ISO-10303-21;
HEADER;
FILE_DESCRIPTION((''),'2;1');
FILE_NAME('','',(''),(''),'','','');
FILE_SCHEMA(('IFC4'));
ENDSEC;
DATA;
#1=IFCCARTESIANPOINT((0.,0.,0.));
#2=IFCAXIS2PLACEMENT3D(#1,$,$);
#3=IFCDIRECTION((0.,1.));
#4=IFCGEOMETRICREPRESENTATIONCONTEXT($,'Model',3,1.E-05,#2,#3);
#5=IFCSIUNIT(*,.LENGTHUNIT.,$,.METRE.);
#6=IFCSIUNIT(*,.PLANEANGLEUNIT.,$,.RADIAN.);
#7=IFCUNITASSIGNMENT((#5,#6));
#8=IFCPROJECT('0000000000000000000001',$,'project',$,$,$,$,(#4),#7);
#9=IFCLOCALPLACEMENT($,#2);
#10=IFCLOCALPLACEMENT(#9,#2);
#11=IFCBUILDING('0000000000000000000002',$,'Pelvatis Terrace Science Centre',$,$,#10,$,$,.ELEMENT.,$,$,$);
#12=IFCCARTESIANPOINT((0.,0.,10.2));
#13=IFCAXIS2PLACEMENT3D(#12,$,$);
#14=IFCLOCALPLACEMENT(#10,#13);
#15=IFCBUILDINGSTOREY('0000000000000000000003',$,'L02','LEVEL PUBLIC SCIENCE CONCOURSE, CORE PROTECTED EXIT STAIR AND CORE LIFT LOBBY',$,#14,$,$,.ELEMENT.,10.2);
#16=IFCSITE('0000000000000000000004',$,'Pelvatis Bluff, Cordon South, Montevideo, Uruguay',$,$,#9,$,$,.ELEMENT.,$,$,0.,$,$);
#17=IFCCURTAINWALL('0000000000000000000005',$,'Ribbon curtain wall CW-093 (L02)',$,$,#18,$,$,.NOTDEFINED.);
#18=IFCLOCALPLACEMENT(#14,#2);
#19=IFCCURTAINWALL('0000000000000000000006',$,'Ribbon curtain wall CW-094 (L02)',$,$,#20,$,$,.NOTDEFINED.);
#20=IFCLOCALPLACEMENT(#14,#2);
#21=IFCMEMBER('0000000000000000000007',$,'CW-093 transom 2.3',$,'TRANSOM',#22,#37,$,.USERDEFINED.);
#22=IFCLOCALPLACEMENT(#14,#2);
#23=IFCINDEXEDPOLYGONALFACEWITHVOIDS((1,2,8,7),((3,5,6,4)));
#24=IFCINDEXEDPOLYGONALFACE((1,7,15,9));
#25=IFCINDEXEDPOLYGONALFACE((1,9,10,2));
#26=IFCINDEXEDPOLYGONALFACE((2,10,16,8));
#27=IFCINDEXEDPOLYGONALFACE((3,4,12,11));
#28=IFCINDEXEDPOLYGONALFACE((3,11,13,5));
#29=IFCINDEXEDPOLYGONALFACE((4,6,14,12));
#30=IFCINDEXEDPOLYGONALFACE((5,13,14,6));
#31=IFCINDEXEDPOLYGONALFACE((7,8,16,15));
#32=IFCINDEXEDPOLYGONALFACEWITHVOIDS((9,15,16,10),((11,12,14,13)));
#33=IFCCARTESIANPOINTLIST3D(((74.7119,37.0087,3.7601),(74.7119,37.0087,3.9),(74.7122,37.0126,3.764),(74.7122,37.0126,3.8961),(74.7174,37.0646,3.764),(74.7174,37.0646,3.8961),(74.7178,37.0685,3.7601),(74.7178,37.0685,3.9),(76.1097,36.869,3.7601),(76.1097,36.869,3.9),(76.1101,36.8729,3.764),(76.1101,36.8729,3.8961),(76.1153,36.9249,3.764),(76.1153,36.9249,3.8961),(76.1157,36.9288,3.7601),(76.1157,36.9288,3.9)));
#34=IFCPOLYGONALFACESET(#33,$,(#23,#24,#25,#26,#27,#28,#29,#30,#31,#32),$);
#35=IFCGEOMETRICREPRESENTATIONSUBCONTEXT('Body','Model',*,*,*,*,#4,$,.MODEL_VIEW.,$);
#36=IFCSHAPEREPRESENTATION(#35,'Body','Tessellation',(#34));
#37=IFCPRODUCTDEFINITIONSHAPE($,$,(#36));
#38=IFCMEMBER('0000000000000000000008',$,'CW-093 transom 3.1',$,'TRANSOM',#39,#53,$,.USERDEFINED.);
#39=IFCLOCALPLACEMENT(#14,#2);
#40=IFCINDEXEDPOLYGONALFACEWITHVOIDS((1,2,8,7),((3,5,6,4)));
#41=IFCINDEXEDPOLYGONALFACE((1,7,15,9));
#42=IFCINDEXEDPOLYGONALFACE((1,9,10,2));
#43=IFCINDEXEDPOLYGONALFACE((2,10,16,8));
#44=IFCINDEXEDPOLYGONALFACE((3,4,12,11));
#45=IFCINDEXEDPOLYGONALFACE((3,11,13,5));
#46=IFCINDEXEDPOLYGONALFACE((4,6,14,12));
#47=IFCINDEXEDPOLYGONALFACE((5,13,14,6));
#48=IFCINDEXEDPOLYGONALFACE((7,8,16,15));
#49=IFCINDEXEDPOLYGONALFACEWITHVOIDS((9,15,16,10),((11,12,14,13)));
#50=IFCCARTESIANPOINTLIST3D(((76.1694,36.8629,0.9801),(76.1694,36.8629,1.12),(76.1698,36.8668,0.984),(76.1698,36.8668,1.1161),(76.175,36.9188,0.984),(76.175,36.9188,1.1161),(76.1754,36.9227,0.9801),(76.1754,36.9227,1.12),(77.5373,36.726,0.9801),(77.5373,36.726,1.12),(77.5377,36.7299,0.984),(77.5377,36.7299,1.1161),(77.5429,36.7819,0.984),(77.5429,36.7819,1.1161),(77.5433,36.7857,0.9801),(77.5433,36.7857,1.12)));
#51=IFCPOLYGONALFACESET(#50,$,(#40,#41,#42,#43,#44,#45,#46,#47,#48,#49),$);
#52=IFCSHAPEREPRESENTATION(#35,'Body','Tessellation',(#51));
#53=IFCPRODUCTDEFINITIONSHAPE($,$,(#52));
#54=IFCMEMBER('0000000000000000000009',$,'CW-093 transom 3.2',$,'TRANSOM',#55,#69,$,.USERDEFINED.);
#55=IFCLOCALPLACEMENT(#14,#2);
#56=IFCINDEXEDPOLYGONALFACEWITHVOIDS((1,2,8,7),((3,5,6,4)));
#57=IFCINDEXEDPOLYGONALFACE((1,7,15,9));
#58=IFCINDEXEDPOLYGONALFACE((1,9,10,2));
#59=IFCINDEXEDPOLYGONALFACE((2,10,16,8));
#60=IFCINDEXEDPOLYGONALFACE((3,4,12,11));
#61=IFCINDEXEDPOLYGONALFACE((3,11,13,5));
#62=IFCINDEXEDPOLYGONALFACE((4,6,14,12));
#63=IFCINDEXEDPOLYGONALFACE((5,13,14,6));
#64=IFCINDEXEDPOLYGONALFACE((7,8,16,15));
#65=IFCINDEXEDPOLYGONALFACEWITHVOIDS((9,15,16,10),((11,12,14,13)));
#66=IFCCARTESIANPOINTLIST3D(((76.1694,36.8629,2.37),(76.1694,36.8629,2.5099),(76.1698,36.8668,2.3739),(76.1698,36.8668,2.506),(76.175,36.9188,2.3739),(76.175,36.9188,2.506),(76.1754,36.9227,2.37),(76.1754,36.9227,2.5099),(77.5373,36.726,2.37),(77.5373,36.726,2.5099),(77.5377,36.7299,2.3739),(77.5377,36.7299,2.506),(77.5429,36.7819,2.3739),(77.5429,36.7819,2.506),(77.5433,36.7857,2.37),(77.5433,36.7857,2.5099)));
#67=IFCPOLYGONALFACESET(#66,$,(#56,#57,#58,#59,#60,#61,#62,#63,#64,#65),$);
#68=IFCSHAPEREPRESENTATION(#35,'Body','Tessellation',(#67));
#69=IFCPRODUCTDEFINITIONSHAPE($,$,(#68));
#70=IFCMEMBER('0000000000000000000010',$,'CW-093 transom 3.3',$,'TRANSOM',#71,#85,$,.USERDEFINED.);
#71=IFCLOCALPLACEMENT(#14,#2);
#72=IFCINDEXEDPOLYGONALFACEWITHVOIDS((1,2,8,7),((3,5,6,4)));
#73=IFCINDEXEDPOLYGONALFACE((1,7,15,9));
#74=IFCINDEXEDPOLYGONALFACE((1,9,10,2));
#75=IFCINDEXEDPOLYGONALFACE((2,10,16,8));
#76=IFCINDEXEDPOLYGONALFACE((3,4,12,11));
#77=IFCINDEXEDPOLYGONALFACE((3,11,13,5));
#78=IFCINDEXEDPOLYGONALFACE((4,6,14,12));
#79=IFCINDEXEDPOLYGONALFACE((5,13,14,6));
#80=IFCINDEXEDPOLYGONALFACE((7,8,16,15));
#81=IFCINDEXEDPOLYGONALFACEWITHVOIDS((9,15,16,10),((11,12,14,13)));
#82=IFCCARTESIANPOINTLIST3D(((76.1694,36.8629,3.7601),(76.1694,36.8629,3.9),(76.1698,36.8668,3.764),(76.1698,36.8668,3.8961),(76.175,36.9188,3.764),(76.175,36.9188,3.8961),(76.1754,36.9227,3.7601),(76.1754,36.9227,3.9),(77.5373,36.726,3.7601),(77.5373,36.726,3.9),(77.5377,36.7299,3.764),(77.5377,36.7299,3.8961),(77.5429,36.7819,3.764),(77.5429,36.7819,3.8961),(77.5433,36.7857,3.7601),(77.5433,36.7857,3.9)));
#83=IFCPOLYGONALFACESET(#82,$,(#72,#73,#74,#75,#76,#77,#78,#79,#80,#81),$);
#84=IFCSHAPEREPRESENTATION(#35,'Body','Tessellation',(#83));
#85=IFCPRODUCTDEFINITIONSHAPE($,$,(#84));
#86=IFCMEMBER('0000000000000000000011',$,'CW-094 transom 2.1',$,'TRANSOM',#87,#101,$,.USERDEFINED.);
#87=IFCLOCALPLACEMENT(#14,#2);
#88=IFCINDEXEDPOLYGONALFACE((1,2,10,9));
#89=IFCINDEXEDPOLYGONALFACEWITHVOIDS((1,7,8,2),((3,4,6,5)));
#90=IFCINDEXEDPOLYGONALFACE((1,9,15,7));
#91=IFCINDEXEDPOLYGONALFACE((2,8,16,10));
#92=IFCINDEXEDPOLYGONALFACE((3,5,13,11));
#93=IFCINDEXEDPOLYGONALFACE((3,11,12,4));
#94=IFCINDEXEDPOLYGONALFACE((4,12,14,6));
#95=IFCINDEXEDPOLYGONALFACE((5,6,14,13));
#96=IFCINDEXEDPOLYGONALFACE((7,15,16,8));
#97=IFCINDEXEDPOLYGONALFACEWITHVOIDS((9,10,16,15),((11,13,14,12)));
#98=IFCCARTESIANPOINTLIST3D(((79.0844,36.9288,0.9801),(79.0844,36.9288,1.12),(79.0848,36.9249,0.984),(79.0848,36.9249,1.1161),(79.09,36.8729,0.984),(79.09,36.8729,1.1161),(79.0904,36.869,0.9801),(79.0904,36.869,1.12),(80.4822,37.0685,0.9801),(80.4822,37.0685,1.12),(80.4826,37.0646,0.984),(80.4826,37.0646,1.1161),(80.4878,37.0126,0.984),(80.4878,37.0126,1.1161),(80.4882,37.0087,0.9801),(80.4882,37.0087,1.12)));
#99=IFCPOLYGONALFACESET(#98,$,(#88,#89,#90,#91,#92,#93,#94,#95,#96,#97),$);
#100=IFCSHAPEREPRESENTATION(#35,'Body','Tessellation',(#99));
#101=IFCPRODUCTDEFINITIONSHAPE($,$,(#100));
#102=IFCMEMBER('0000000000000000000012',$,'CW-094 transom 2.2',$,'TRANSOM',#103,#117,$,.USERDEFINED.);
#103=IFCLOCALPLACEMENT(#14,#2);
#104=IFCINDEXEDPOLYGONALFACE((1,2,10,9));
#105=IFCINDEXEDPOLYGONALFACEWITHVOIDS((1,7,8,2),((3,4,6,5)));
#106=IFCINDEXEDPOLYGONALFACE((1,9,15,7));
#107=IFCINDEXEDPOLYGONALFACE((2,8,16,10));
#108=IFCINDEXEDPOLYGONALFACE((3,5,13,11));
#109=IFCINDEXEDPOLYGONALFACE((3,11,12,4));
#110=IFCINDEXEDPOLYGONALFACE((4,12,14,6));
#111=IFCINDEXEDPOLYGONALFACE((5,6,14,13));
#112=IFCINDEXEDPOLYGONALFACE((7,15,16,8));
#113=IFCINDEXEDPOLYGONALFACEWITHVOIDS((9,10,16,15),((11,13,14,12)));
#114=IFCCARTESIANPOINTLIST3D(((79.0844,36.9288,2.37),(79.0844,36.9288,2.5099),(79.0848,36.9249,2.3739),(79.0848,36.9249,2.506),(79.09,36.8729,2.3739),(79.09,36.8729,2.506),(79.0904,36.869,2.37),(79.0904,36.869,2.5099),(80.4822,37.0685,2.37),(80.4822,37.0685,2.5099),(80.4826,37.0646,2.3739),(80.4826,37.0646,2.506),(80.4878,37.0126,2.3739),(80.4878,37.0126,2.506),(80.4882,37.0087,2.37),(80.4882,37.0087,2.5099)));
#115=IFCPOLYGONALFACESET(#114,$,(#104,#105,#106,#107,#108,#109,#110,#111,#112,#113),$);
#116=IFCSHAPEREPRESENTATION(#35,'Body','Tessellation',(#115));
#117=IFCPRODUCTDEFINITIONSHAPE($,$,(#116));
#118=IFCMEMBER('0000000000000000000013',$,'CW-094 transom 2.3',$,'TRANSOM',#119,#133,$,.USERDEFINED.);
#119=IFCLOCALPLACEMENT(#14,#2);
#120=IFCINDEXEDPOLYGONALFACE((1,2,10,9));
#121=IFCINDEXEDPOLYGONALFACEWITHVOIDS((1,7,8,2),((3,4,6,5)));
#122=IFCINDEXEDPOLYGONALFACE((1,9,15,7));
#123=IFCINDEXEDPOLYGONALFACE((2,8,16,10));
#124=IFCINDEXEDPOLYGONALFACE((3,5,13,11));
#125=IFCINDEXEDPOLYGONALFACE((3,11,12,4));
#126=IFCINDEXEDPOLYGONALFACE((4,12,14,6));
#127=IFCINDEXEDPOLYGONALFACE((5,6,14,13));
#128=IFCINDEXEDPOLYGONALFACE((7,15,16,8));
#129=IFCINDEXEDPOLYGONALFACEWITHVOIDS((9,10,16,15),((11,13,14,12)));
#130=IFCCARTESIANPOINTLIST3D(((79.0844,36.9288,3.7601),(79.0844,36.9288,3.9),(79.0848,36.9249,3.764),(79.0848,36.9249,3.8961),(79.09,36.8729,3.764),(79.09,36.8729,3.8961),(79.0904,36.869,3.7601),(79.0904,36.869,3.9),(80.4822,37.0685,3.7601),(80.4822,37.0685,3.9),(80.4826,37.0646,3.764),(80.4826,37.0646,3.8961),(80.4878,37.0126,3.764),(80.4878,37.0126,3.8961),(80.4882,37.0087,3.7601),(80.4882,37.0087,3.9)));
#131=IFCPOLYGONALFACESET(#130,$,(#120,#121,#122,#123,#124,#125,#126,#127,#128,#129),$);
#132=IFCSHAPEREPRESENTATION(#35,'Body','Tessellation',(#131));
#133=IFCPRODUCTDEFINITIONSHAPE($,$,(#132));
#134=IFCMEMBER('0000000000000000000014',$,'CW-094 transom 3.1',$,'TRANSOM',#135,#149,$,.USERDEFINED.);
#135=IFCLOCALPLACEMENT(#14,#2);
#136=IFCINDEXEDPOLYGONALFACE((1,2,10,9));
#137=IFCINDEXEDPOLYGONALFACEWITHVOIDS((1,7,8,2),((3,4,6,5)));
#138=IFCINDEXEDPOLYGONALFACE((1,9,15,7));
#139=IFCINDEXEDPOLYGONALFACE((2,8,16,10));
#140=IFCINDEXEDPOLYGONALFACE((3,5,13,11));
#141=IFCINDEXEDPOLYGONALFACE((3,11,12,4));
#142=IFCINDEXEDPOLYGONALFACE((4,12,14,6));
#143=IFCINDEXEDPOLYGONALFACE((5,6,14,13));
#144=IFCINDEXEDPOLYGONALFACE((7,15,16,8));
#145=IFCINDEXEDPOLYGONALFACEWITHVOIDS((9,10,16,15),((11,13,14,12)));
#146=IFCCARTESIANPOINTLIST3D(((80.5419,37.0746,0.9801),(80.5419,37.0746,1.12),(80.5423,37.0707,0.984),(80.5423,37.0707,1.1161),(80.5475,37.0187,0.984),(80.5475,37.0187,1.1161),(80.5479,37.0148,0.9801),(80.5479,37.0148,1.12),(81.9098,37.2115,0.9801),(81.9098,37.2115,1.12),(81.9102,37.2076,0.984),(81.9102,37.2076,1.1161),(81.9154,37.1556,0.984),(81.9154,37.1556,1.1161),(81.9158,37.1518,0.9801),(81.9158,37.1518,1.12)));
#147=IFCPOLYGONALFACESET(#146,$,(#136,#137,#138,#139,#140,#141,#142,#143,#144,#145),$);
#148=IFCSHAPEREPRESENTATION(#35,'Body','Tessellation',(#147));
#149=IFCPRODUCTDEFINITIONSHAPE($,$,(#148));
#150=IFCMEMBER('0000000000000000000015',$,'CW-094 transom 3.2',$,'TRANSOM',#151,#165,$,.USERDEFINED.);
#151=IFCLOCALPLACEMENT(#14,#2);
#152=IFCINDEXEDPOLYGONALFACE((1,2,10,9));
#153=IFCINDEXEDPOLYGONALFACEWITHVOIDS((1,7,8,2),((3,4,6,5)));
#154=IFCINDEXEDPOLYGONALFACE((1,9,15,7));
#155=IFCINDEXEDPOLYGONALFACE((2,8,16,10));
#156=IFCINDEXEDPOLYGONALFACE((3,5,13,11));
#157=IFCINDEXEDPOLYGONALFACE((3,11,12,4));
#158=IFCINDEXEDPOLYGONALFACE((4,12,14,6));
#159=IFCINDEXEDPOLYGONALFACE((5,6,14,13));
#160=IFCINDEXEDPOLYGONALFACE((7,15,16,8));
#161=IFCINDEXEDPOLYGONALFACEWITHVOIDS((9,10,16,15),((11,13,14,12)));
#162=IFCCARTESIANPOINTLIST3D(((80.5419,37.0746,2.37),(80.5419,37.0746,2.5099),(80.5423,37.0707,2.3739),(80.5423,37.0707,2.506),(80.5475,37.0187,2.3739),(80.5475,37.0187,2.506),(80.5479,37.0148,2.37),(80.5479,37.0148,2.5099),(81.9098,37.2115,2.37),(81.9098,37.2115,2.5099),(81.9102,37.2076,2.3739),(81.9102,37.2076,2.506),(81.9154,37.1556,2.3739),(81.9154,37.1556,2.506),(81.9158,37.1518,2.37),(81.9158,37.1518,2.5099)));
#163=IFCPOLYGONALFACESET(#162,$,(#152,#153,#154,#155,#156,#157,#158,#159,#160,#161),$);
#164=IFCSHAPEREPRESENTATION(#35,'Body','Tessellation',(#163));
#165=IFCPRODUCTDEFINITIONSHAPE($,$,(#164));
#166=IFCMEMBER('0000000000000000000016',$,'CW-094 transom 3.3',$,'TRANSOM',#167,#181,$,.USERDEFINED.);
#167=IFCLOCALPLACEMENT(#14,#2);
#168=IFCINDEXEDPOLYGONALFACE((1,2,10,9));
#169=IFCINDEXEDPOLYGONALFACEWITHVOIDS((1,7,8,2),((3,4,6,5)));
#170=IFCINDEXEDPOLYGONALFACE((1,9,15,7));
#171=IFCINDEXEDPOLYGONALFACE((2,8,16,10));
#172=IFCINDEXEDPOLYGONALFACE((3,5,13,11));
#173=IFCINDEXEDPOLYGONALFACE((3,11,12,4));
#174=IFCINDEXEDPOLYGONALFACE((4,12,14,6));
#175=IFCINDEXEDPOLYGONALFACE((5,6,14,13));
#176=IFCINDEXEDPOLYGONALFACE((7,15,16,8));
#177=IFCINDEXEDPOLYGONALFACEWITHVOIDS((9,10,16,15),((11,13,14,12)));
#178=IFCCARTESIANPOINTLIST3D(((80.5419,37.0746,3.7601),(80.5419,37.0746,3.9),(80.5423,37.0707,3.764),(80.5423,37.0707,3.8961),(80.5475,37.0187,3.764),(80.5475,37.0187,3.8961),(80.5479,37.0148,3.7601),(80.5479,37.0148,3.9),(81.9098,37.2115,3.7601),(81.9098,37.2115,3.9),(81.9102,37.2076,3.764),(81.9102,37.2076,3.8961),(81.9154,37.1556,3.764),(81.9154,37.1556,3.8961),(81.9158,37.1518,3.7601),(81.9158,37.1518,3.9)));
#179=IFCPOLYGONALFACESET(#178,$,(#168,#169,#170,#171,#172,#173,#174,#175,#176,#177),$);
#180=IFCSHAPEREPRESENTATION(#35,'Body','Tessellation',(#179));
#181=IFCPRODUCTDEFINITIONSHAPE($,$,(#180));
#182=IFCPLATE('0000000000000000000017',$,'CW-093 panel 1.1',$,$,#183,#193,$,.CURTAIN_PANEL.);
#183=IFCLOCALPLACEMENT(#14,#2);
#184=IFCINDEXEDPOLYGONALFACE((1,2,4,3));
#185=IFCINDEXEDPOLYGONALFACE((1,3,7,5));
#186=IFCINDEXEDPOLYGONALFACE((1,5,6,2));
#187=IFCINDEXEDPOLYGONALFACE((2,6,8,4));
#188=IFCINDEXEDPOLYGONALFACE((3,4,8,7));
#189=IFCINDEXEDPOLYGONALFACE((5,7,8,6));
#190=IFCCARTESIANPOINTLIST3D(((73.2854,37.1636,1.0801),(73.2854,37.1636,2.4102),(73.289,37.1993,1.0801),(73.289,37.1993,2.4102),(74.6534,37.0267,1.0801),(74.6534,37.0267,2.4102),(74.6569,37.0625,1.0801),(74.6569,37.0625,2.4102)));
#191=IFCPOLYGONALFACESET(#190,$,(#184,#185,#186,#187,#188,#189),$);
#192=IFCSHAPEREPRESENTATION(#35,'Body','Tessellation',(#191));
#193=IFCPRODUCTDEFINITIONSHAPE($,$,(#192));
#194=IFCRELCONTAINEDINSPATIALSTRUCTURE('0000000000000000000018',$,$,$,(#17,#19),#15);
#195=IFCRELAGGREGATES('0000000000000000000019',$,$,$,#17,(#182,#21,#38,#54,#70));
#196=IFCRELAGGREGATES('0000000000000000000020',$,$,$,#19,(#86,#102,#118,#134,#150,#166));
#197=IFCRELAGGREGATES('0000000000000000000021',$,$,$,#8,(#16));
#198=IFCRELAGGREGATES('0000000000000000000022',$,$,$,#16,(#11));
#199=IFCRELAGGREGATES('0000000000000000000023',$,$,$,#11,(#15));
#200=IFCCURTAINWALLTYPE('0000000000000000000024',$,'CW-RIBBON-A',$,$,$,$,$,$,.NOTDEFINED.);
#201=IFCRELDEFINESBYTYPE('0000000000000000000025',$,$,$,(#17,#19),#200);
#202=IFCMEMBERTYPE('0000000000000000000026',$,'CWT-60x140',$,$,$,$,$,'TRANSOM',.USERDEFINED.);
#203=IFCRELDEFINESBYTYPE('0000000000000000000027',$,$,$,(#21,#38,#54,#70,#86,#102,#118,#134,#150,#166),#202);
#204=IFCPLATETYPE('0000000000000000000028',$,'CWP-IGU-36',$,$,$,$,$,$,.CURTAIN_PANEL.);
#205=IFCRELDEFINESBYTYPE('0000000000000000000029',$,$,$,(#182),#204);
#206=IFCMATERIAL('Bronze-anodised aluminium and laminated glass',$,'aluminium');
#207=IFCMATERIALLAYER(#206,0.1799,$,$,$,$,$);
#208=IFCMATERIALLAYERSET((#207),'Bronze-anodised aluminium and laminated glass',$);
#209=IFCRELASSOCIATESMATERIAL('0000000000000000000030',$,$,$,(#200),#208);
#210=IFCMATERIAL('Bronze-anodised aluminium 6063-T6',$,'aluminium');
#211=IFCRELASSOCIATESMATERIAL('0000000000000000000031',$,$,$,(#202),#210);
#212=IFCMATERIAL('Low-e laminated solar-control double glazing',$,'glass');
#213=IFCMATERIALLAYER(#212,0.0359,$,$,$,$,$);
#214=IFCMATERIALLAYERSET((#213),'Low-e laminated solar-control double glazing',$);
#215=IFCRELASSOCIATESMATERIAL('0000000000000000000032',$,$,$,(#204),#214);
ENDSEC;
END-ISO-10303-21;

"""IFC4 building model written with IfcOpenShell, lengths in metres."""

from ifc_helpers import new_model, si_unit, direction, frame, origin, origin_2d, place, context, subcontext, project, spatial, rectangle, hollow_rectangle, extrude, material, layer, layer_set, material_profile, profile_set, type_object, element, aggregate, save


model = new_model("IFC4")

# Units and contexts
model_context = context("Model", 3, precision=1e-05, world=origin(), true_north=direction((0.0, 1.0)))
body_context = subcontext(model_context, "Body", "Model", "MODEL_VIEW")
ifc_project = project(units=[si_unit("LENGTHUNIT", "METRE"), si_unit("PLANEANGLEUNIT", "RADIAN")], contexts=[model_context])

# Site, building, storey
site_placement = place(None, origin())
site = spatial("IfcSite", under=ifc_project, at=site_placement, Name="Pelvatis Bluff, Cordon South, Montevideo, Uruguay", CompositionType="ELEMENT", RefElevation=0.0)
building_placement = place(site_placement, origin())
building = spatial("IfcBuilding", under=site, at=building_placement, Name="Pelvatis Terrace Science Centre", CompositionType="ELEMENT")
storey_placement = place(building_placement, frame((0.0, 0.0, 10.2)))
storey = spatial("IfcBuildingStorey", under=building, at=storey_placement, Name="L02", Description="LEVEL PUBLIC SCIENCE CONCOURSE, CORE PROTECTED EXIT STAIR AND CORE LIFT LOBBY", CompositionType="ELEMENT", Elevation=10.2)

# Curtain walls
ifc_material_1 = material(Name="Bronze-anodised aluminium and laminated glass", Category="aluminium")
ifc_layer_1 = layer(ifc_material_1, 0.1799)
ifc_layer_set_1 = layer_set([ifc_layer_1], Name="Bronze-anodised aluminium and laminated glass")
curtain_wall_type = type_object("IfcCurtainWallType", Name="CW-RIBBON-A", PredefinedType="NOTDEFINED", material=ifc_layer_set_1)
curtain_wall_1_placement = place(storey_placement, origin())
curtain_wall_1 = element("IfcCurtainWall", 1, at=curtain_wall_1_placement, inside=storey, type_object=curtain_wall_type, Name="Ribbon curtain wall CW-093 (L02)", PredefinedType="NOTDEFINED")
curtain_wall_2_placement = place(storey_placement, origin())
curtain_wall_2 = element("IfcCurtainWall", 2, at=curtain_wall_2_placement, inside=storey, type_object=curtain_wall_type, Name="Ribbon curtain wall CW-094 (L02)", PredefinedType="NOTDEFINED")

# Members
ifc_material_2 = material(Name="Bronze-anodised aluminium 6063-T6", Category="aluminium")
ifc_material_profile_1 = material_profile(ifc_material_2, hollow_rectangle(XDim=0.0601, YDim=0.1399, WallThickness=0.0039, at=origin_2d()), Name="ALU-TRN 60x140")
ifc_profile_set_1 = profile_set([ifc_material_profile_1], Name="Bronze-anodised aluminium 6063-T6")
member_type_1 = type_object("IfcMemberType", Name="CWT-60x140", ElementType="TRANSOM", PredefinedType="USERDEFINED", material=ifc_profile_set_1)
member_1_placement = place(storey_placement, frame((74.7148, 37.0386, 3.8301), z_axis=(0.995046, -0.099418, 0.0), x_axis=(0.099418, 0.995046, 0.0)))
member_1 = element("IfcMember", 3, at=member_1_placement, type_object=member_type_1, Name="CW-093 transom 2.3", ObjectType="TRANSOM", PredefinedType="USERDEFINED", context=body_context, shape_type="SweptSolid", body=[
    extrude(hollow_rectangle(XDim=0.0601, YDim=0.1399, WallThickness=0.0039, at=origin_2d()), origin(), (0.0, 0.0, 1.0), 1.4048),
])
member_2_placement = place(storey_placement, frame((76.1724, 36.8928, 1.05), z_axis=(0.995025, -0.099627, 0.0), x_axis=(0.099627, 0.995025, 0.0)))
member_2 = element("IfcMember", 4, at=member_2_placement, type_object=member_type_1, Name="CW-093 transom 3.1", ObjectType="TRANSOM", PredefinedType="USERDEFINED", context=body_context, shape_type="SweptSolid", body=[
    extrude(hollow_rectangle(XDim=0.0601, YDim=0.1399, WallThickness=0.0039, at=origin_2d()), origin(), (0.0, 0.0, 1.0), 1.3748),
])
member_3_placement = place(storey_placement, frame((76.1724, 36.8928, 2.4399), z_axis=(0.995025, -0.099627, 0.0), x_axis=(0.099627, 0.995025, 0.0)))
member_3 = element("IfcMember", 5, at=member_3_placement, type_object=member_type_1, Name="CW-093 transom 3.2", ObjectType="TRANSOM", PredefinedType="USERDEFINED", context=body_context, shape_type="SweptSolid", body=[
    extrude(hollow_rectangle(XDim=0.0601, YDim=0.1399, WallThickness=0.0039, at=origin_2d()), origin(), (0.0, 0.0, 1.0), 1.3748),
])
member_4_placement = place(storey_placement, frame((76.1724, 36.8928, 3.8301), z_axis=(0.995025, -0.099627, 0.0), x_axis=(0.099627, 0.995025, 0.0)))
member_4 = element("IfcMember", 6, at=member_4_placement, type_object=member_type_1, Name="CW-093 transom 3.3", ObjectType="TRANSOM", PredefinedType="USERDEFINED", context=body_context, shape_type="SweptSolid", body=[
    extrude(hollow_rectangle(XDim=0.0601, YDim=0.1399, WallThickness=0.0039, at=origin_2d()), origin(), (0.0, 0.0, 1.0), 1.3748),
])
member_5_placement = place(storey_placement, frame((79.0874, 36.8989, 1.05), z_axis=(0.995046, 0.099418, 0.0), x_axis=(-0.099418, 0.995046, 0.0)))
member_5 = element("IfcMember", 7, at=member_5_placement, type_object=member_type_1, Name="CW-094 transom 2.1", ObjectType="TRANSOM", PredefinedType="USERDEFINED", context=body_context, shape_type="SweptSolid", body=[
    extrude(hollow_rectangle(XDim=0.0601, YDim=0.1399, WallThickness=0.0039, at=origin_2d()), origin(), (0.0, 0.0, 1.0), 1.4048),
])
member_6_placement = place(storey_placement, frame((79.0874, 36.8989, 2.4399), z_axis=(0.995046, 0.099418, 0.0), x_axis=(-0.099418, 0.995046, 0.0)))
member_6 = element("IfcMember", 8, at=member_6_placement, type_object=member_type_1, Name="CW-094 transom 2.2", ObjectType="TRANSOM", PredefinedType="USERDEFINED", context=body_context, shape_type="SweptSolid", body=[
    extrude(hollow_rectangle(XDim=0.0601, YDim=0.1399, WallThickness=0.0039, at=origin_2d()), origin(), (0.0, 0.0, 1.0), 1.4048),
])
member_7_placement = place(storey_placement, frame((79.0874, 36.8989, 3.8301), z_axis=(0.995046, 0.099418, 0.0), x_axis=(-0.099418, 0.995046, 0.0)))
member_7 = element("IfcMember", 9, at=member_7_placement, type_object=member_type_1, Name="CW-094 transom 2.3", ObjectType="TRANSOM", PredefinedType="USERDEFINED", context=body_context, shape_type="SweptSolid", body=[
    extrude(hollow_rectangle(XDim=0.0601, YDim=0.1399, WallThickness=0.0039, at=origin_2d()), origin(), (0.0, 0.0, 1.0), 1.4048),
])
member_8_placement = place(storey_placement, frame((80.5449, 37.0447, 1.05), z_axis=(0.995025, 0.099627, 0.0), x_axis=(-0.099627, 0.995025, 0.0)))
member_8 = element("IfcMember", 10, at=member_8_placement, type_object=member_type_1, Name="CW-094 transom 3.1", ObjectType="TRANSOM", PredefinedType="USERDEFINED", context=body_context, shape_type="SweptSolid", body=[
    extrude(hollow_rectangle(XDim=0.0601, YDim=0.1399, WallThickness=0.0039, at=origin_2d()), origin(), (0.0, 0.0, 1.0), 1.3748),
])
member_9_placement = place(storey_placement, frame((80.5449, 37.0447, 2.4399), z_axis=(0.995025, 0.099627, 0.0), x_axis=(-0.099627, 0.995025, 0.0)))
member_9 = element("IfcMember", 11, at=member_9_placement, type_object=member_type_1, Name="CW-094 transom 3.2", ObjectType="TRANSOM", PredefinedType="USERDEFINED", context=body_context, shape_type="SweptSolid", body=[
    extrude(hollow_rectangle(XDim=0.0601, YDim=0.1399, WallThickness=0.0039, at=origin_2d()), origin(), (0.0, 0.0, 1.0), 1.3748),
])
member_10_placement = place(storey_placement, frame((80.5449, 37.0447, 3.8301), z_axis=(0.995025, 0.099627, 0.0), x_axis=(-0.099627, 0.995025, 0.0)))
member_10 = element("IfcMember", 12, at=member_10_placement, type_object=member_type_1, Name="CW-094 transom 3.3", ObjectType="TRANSOM", PredefinedType="USERDEFINED", context=body_context, shape_type="SweptSolid", body=[
    extrude(hollow_rectangle(XDim=0.0601, YDim=0.1399, WallThickness=0.0039, at=origin_2d()), origin(), (0.0, 0.0, 1.0), 1.3748),
])

# Plate
ifc_material_3 = material(Name="Low-e laminated solar-control double glazing", Category="glass")
ifc_layer_2 = layer(ifc_material_3, 0.0359)
ifc_layer_set_2 = layer_set([ifc_layer_2], Name="Low-e laminated solar-control double glazing")
plate_type = type_object("IfcPlateType", Name="CWP-IGU-36", PredefinedType="CURTAIN_PANEL", material=ifc_layer_set_2)
plate_1_placement = place(storey_placement, frame((73.9712, 37.113, 1.0801), z_axis=(0.0, 0.0, 1.0), x_axis=(0.995032, -0.09956, 0.0)))
plate_1 = element("IfcPlate", 13, at=plate_1_placement, type_object=plate_type, Name="CW-093 panel 1.1", PredefinedType="CURTAIN_PANEL", context=body_context, shape_type="SweptSolid", body=[
    extrude(rectangle(XDim=1.3748, YDim=0.0359, at=origin_2d()), origin(), (0.0, 0.0, 1.0), 1.3301),
])
aggregate(curtain_wall_1, [plate_1, member_1, member_2, member_3, member_4])
aggregate(curtain_wall_2, [member_5, member_6, member_7, member_8, member_9, member_10])

save(model, "model.ifc")
